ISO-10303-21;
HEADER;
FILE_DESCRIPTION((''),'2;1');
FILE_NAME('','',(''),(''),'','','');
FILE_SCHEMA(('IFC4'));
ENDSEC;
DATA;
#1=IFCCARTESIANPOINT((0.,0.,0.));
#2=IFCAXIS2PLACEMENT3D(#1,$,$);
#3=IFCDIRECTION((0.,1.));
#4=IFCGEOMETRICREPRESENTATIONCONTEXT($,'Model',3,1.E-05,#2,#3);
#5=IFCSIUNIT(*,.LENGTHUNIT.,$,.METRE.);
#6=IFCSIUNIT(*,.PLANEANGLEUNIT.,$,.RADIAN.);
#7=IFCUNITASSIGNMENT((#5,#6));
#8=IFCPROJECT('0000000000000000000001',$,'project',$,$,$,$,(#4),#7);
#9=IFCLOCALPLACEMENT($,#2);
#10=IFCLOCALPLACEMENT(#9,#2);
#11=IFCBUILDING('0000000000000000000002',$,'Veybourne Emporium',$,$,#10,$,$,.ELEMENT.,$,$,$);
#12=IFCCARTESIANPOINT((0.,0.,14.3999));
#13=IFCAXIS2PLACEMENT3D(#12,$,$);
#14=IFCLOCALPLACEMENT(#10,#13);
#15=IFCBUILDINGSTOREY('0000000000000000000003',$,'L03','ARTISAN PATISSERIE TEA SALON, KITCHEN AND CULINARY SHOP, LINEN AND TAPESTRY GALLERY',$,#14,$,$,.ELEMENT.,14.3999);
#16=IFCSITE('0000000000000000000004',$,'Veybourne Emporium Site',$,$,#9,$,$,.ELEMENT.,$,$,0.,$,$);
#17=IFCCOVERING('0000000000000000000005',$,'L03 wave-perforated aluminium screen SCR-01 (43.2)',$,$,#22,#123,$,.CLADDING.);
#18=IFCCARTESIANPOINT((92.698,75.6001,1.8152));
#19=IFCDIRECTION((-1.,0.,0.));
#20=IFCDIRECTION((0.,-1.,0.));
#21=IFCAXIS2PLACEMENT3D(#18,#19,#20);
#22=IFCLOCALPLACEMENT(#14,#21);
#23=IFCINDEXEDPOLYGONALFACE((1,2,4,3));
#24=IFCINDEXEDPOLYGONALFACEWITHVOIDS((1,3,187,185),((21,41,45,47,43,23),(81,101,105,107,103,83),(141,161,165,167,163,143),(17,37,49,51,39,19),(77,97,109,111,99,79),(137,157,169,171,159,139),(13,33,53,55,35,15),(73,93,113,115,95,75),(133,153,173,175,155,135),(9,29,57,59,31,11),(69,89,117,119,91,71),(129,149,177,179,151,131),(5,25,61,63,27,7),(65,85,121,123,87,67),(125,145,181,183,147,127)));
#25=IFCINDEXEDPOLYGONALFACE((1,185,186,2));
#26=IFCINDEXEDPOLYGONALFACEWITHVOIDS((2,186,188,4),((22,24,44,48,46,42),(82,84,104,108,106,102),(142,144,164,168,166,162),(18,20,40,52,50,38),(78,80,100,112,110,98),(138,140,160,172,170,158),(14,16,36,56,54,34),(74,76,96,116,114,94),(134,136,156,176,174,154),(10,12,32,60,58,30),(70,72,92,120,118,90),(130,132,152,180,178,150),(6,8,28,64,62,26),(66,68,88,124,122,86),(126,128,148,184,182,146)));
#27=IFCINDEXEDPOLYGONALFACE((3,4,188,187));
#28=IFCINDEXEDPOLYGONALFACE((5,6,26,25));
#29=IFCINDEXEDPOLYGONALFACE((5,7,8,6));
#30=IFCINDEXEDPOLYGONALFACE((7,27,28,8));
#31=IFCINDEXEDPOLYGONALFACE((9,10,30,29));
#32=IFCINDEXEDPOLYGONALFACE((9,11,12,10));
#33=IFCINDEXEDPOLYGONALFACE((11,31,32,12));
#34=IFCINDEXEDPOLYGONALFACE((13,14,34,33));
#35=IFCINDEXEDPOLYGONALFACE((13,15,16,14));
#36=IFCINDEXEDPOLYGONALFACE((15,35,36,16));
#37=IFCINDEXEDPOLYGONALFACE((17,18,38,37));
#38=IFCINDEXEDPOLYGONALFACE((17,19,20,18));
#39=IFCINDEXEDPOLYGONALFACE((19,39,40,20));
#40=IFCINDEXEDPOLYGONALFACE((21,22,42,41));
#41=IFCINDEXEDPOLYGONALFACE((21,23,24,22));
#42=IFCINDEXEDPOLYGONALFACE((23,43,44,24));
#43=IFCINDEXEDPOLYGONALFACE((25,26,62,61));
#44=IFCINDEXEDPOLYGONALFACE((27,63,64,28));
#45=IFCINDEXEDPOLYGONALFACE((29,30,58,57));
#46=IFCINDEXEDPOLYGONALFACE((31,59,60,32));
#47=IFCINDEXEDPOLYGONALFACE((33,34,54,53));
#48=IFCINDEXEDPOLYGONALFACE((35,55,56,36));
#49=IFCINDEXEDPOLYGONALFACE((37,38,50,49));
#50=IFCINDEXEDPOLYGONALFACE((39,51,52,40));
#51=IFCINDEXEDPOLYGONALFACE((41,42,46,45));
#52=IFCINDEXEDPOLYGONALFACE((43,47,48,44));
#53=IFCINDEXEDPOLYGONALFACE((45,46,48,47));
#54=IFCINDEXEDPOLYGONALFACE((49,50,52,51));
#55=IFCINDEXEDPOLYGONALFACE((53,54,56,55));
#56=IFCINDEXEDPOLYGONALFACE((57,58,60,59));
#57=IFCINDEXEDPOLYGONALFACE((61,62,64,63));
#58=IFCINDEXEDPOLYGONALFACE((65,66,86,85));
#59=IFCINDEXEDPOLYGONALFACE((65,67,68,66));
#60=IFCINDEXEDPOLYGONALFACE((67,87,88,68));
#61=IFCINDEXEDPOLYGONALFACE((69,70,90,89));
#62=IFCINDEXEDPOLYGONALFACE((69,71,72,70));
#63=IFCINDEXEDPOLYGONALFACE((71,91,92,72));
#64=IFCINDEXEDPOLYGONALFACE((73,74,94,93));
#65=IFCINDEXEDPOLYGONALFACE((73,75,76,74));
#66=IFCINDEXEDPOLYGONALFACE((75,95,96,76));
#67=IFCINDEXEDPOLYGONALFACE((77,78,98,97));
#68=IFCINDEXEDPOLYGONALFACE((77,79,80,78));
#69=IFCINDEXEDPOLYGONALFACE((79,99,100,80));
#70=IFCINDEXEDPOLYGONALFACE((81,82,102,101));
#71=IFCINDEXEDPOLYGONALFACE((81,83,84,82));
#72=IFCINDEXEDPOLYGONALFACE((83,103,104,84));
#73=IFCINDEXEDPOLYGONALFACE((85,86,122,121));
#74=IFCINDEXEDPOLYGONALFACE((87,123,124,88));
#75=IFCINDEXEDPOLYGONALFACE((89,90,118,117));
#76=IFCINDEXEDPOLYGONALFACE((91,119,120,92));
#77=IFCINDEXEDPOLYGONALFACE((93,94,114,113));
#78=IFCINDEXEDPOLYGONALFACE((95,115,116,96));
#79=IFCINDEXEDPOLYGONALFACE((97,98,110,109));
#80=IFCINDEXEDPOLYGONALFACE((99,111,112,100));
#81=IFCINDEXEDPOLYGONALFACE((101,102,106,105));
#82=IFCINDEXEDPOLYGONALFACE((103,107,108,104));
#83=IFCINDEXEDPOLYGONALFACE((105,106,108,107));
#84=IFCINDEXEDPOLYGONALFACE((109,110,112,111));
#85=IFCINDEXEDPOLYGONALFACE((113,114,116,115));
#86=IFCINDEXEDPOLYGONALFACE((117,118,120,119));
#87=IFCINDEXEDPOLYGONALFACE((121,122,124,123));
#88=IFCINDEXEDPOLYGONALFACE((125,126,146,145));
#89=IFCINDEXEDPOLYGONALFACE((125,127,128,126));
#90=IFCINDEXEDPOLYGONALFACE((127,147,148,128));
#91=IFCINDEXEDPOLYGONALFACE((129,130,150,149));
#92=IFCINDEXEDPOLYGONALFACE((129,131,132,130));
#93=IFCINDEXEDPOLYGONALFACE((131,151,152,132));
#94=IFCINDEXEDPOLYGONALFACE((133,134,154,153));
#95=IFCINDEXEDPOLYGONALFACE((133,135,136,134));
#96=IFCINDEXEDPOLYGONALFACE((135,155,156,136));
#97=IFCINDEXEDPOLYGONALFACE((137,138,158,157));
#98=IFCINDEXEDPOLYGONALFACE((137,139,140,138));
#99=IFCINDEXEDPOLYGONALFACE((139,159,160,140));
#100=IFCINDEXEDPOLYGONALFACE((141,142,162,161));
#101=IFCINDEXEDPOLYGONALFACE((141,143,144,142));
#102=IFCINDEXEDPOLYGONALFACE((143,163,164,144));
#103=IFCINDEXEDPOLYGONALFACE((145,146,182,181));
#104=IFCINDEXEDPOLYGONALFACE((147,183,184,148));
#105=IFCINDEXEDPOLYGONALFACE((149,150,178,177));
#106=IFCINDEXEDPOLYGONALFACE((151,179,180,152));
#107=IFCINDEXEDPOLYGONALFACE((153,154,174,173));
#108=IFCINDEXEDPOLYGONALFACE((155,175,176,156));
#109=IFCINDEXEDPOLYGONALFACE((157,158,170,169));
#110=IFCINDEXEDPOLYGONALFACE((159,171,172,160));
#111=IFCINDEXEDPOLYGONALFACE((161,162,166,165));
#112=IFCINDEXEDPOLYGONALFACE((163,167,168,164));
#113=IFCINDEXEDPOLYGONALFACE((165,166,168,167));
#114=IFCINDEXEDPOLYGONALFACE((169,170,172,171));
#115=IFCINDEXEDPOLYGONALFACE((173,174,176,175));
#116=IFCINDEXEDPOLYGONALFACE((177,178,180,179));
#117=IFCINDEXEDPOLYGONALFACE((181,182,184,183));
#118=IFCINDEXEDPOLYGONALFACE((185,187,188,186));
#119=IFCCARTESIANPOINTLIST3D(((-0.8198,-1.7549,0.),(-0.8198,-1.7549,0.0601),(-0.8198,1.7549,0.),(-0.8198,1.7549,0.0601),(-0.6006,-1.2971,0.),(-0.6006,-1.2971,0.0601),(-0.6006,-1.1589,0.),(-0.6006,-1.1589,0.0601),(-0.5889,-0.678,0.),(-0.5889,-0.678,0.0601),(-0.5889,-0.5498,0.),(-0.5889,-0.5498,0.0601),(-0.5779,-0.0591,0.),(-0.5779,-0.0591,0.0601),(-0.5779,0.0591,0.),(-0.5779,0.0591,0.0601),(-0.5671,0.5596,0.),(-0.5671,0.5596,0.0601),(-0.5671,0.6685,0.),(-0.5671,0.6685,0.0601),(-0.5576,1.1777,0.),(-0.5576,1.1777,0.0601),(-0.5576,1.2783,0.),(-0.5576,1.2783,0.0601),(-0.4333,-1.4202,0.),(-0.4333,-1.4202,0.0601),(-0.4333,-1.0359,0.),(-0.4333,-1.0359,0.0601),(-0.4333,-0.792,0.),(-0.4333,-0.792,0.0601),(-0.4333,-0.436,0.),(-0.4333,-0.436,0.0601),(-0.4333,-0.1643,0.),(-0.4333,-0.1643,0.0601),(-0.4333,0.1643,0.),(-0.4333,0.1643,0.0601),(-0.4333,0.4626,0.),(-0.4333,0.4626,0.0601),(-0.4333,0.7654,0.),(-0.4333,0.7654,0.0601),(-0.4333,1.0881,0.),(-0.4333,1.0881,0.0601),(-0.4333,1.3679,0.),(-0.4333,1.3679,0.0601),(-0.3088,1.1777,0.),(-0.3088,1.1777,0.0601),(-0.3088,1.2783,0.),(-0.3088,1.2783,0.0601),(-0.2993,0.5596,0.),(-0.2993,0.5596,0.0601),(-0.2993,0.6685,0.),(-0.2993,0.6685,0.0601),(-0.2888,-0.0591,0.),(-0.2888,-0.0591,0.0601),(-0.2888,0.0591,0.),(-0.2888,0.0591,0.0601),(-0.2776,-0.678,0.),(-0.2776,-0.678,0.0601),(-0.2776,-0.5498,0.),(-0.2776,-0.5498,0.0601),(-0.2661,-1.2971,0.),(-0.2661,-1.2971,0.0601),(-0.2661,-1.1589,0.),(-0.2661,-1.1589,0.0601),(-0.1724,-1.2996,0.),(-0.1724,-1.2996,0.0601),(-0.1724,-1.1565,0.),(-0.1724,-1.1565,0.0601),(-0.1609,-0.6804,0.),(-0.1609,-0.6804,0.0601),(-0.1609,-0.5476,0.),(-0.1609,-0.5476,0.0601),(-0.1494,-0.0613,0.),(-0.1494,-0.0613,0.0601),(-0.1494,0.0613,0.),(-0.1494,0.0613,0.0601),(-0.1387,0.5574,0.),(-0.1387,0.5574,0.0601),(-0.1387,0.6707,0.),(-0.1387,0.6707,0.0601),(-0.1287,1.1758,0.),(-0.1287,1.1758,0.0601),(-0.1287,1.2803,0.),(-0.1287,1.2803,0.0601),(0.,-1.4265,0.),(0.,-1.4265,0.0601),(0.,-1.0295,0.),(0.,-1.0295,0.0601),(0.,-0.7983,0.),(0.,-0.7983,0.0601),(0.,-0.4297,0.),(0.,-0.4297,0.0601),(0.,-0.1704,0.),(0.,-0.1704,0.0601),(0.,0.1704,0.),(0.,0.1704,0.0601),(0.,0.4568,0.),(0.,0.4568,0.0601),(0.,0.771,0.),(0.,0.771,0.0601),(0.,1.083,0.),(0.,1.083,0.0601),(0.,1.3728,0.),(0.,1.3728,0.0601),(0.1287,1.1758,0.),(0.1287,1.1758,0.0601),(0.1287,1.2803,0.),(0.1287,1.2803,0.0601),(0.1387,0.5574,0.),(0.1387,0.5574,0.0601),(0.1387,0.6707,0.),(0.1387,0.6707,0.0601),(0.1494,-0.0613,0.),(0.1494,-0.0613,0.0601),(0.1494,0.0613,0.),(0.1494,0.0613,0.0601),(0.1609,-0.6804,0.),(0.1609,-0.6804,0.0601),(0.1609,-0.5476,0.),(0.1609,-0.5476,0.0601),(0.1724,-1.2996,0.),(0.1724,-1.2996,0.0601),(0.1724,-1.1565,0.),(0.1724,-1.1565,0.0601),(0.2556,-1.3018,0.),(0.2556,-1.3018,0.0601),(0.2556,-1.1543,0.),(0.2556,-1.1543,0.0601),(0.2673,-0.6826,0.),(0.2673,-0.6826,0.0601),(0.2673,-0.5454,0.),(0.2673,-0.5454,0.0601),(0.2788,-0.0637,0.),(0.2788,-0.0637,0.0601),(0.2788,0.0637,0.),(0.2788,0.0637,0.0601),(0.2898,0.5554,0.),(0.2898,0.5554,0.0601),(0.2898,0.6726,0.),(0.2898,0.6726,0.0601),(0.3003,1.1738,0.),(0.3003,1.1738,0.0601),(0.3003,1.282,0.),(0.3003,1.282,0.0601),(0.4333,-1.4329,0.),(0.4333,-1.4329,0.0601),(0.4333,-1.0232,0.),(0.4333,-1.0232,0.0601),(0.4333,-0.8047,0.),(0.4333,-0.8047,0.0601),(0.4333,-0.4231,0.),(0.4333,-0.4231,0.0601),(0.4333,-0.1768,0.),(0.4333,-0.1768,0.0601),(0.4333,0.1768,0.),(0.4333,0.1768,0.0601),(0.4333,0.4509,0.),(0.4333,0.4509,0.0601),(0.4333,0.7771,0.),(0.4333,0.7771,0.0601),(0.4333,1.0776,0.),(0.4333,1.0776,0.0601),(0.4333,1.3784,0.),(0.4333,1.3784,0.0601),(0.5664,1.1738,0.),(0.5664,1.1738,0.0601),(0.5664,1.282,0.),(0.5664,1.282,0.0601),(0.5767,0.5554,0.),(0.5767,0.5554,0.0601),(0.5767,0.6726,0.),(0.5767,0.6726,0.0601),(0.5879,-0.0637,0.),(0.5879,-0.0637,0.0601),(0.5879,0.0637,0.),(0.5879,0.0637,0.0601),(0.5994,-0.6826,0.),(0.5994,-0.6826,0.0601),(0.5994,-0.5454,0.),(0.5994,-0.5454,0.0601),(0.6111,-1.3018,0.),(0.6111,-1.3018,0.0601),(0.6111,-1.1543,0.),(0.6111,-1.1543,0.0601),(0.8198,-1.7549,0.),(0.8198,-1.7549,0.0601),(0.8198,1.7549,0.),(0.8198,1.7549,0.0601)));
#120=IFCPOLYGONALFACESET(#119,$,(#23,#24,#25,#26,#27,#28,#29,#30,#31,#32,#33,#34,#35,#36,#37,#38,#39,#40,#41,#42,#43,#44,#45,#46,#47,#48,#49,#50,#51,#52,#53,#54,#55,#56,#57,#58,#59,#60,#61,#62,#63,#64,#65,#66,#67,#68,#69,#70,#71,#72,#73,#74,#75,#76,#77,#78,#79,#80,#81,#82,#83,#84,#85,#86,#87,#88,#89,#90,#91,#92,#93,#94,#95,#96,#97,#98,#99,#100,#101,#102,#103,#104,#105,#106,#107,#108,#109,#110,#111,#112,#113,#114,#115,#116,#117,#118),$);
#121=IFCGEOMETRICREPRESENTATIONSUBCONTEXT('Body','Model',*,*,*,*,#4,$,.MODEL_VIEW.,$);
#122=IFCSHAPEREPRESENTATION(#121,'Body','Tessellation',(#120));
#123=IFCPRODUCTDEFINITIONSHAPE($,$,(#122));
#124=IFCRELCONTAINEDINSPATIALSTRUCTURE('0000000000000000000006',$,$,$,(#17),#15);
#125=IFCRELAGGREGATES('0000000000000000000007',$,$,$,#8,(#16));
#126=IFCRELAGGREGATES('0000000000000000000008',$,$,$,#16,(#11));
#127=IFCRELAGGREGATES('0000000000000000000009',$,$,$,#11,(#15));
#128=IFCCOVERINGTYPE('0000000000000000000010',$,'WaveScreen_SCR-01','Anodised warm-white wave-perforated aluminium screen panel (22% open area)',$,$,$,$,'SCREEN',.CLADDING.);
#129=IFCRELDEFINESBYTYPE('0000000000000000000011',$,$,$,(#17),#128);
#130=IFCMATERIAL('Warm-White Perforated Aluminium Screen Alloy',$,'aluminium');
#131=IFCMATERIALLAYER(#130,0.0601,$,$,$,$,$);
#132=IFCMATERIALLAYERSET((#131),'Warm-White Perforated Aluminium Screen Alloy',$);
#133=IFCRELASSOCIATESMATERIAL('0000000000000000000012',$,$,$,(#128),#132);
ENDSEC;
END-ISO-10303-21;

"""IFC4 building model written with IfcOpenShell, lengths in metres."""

from ifc_helpers import new_model, si_unit, direction, frame, origin, place, context, subcontext, project, spatial, polyline, outline, extrude, material, layer, layer_set, type_object, element, save


model = new_model("IFC4")

# Units and contexts
model_context = context("Model", 3, precision=1e-05, world=origin(), true_north=direction((0.0, 1.0)))
body_context = subcontext(model_context, "Body", "Model", "MODEL_VIEW")
ifc_project = project(units=[si_unit("LENGTHUNIT", "METRE"), si_unit("PLANEANGLEUNIT", "RADIAN")], contexts=[model_context])

# Site, building, storey
site_placement = place(None, origin())
site = spatial("IfcSite", under=ifc_project, at=site_placement, Name="Veybourne Emporium Site", CompositionType="ELEMENT", RefElevation=0.0)
building_placement = place(site_placement, origin())
building = spatial("IfcBuilding", under=site, at=building_placement, Name="Veybourne Emporium", CompositionType="ELEMENT")
storey_placement = place(building_placement, frame((0.0, 0.0, 14.3999)))
storey = spatial("IfcBuildingStorey", under=building, at=storey_placement, Name="L03", Description="ARTISAN PATISSERIE TEA SALON, KITCHEN AND CULINARY SHOP, LINEN AND TAPESTRY GALLERY", CompositionType="ELEMENT", Elevation=14.3999)

# Covering
ifc_material_1 = material(Name="Warm-White Perforated Aluminium Screen Alloy", Category="aluminium")
ifc_layer_1 = layer(ifc_material_1, 0.0601)
ifc_layer_set_1 = layer_set([ifc_layer_1], Name="Warm-White Perforated Aluminium Screen Alloy")
covering_type_1 = type_object("IfcCoveringType", Name="WaveScreen_SCR-01", Description="Anodised warm-white wave-perforated aluminium screen panel (22% open area)", ElementType="SCREEN", PredefinedType="CLADDING", material=ifc_layer_set_1)
covering_1_placement = place(storey_placement, frame((92.698, 75.6001, 1.8152), z_axis=(-1.0, 0.0, 0.0), x_axis=(0.0, -1.0, 0.0)))
element("IfcCovering", 1, at=covering_1_placement, inside=storey, type_object=covering_type_1, Name="L03 wave-perforated aluminium screen SCR-01 (43.2)", PredefinedType="CLADDING", context=body_context, shape_type="SweptSolid", body=[
    extrude(outline(polyline([(-0.8198, -1.7549), (0.8198, -1.7549), (0.8198, 1.7549), (-0.8198, 1.7549), (-0.8198, -1.7549)]), holes=[polyline([(-0.4333, -1.0359), (-0.2661, -1.1589), (-0.2661, -1.2971), (-0.4333, -1.4202), (-0.6006, -1.2971), (-0.6006, -1.1589), (-0.4333, -1.0359)]), polyline([(-0.4333, -0.436), (-0.2776, -0.5498), (-0.2776, -0.678), (-0.4333, -0.792), (-0.5889, -0.678), (-0.5889, -0.5498), (-0.4333, -0.436)]), polyline([(-0.4333, 0.1643), (-0.2888, 0.0591), (-0.2888, -0.0591), (-0.4333, -0.1643), (-0.5779, -0.0591), (-0.5779, 0.0591), (-0.4333, 0.1643)]), polyline([(-0.4333, 0.7654), (-0.2993, 0.6685), (-0.2993, 0.5596), (-0.4333, 0.4626), (-0.5671, 0.5596), (-0.5671, 0.6685), (-0.4333, 0.7654)]), polyline([(-0.4333, 1.3679), (-0.3088, 1.2783), (-0.3088, 1.1777), (-0.4333, 1.0881), (-0.5576, 1.1777), (-0.5576, 1.2783), (-0.4333, 1.3679)]), polyline([(0.0, -1.0295), (0.1724, -1.1565), (0.1724, -1.2996), (0.0, -1.4265), (-0.1724, -1.2996), (-0.1724, -1.1565), (0.0, -1.0295)]), polyline([(0.0, -0.4297), (0.1609, -0.5476), (0.1609, -0.6804), (0.0, -0.7983), (-0.1609, -0.6804), (-0.1609, -0.5476), (0.0, -0.4297)]), polyline([(0.0, 0.1704), (0.1494, 0.0613), (0.1494, -0.0613), (0.0, -0.1704), (-0.1494, -0.0613), (-0.1494, 0.0613), (0.0, 0.1704)]), polyline([(0.0, 0.771), (0.1387, 0.6707), (0.1387, 0.5574), (0.0, 0.4568), (-0.1387, 0.5574), (-0.1387, 0.6707), (0.0, 0.771)]), polyline([(0.0, 1.3728), (0.1287, 1.2803), (0.1287, 1.1758), (0.0, 1.083), (-0.1287, 1.1758), (-0.1287, 1.2803), (0.0, 1.3728)]), polyline([(0.4333, -1.0232), (0.6111, -1.1543), (0.6111, -1.3018), (0.4333, -1.4329), (0.2556, -1.3018), (0.2556, -1.1543), (0.4333, -1.0232)]), polyline([(0.4333, -0.4231), (0.5994, -0.5454), (0.5994, -0.6826), (0.4333, -0.8047), (0.2673, -0.6826), (0.2673, -0.5454), (0.4333, -0.4231)]), polyline([(0.4333, 0.1768), (0.5879, 0.0637), (0.5879, -0.0637), (0.4333, -0.1768), (0.2788, -0.0637), (0.2788, 0.0637), (0.4333, 0.1768)]), polyline([(0.4333, 0.7771), (0.5767, 0.6726), (0.5767, 0.5554), (0.4333, 0.4509), (0.2898, 0.5554), (0.2898, 0.6726), (0.4333, 0.7771)]), polyline([(0.4333, 1.3784), (0.5664, 1.282), (0.5664, 1.1738), (0.4333, 1.0776), (0.3003, 1.1738), (0.3003, 1.282), (0.4333, 1.3784)])]), origin(), (0.0, 0.0, 1.0), 0.0601),
])

save(model, "model.ifc")
